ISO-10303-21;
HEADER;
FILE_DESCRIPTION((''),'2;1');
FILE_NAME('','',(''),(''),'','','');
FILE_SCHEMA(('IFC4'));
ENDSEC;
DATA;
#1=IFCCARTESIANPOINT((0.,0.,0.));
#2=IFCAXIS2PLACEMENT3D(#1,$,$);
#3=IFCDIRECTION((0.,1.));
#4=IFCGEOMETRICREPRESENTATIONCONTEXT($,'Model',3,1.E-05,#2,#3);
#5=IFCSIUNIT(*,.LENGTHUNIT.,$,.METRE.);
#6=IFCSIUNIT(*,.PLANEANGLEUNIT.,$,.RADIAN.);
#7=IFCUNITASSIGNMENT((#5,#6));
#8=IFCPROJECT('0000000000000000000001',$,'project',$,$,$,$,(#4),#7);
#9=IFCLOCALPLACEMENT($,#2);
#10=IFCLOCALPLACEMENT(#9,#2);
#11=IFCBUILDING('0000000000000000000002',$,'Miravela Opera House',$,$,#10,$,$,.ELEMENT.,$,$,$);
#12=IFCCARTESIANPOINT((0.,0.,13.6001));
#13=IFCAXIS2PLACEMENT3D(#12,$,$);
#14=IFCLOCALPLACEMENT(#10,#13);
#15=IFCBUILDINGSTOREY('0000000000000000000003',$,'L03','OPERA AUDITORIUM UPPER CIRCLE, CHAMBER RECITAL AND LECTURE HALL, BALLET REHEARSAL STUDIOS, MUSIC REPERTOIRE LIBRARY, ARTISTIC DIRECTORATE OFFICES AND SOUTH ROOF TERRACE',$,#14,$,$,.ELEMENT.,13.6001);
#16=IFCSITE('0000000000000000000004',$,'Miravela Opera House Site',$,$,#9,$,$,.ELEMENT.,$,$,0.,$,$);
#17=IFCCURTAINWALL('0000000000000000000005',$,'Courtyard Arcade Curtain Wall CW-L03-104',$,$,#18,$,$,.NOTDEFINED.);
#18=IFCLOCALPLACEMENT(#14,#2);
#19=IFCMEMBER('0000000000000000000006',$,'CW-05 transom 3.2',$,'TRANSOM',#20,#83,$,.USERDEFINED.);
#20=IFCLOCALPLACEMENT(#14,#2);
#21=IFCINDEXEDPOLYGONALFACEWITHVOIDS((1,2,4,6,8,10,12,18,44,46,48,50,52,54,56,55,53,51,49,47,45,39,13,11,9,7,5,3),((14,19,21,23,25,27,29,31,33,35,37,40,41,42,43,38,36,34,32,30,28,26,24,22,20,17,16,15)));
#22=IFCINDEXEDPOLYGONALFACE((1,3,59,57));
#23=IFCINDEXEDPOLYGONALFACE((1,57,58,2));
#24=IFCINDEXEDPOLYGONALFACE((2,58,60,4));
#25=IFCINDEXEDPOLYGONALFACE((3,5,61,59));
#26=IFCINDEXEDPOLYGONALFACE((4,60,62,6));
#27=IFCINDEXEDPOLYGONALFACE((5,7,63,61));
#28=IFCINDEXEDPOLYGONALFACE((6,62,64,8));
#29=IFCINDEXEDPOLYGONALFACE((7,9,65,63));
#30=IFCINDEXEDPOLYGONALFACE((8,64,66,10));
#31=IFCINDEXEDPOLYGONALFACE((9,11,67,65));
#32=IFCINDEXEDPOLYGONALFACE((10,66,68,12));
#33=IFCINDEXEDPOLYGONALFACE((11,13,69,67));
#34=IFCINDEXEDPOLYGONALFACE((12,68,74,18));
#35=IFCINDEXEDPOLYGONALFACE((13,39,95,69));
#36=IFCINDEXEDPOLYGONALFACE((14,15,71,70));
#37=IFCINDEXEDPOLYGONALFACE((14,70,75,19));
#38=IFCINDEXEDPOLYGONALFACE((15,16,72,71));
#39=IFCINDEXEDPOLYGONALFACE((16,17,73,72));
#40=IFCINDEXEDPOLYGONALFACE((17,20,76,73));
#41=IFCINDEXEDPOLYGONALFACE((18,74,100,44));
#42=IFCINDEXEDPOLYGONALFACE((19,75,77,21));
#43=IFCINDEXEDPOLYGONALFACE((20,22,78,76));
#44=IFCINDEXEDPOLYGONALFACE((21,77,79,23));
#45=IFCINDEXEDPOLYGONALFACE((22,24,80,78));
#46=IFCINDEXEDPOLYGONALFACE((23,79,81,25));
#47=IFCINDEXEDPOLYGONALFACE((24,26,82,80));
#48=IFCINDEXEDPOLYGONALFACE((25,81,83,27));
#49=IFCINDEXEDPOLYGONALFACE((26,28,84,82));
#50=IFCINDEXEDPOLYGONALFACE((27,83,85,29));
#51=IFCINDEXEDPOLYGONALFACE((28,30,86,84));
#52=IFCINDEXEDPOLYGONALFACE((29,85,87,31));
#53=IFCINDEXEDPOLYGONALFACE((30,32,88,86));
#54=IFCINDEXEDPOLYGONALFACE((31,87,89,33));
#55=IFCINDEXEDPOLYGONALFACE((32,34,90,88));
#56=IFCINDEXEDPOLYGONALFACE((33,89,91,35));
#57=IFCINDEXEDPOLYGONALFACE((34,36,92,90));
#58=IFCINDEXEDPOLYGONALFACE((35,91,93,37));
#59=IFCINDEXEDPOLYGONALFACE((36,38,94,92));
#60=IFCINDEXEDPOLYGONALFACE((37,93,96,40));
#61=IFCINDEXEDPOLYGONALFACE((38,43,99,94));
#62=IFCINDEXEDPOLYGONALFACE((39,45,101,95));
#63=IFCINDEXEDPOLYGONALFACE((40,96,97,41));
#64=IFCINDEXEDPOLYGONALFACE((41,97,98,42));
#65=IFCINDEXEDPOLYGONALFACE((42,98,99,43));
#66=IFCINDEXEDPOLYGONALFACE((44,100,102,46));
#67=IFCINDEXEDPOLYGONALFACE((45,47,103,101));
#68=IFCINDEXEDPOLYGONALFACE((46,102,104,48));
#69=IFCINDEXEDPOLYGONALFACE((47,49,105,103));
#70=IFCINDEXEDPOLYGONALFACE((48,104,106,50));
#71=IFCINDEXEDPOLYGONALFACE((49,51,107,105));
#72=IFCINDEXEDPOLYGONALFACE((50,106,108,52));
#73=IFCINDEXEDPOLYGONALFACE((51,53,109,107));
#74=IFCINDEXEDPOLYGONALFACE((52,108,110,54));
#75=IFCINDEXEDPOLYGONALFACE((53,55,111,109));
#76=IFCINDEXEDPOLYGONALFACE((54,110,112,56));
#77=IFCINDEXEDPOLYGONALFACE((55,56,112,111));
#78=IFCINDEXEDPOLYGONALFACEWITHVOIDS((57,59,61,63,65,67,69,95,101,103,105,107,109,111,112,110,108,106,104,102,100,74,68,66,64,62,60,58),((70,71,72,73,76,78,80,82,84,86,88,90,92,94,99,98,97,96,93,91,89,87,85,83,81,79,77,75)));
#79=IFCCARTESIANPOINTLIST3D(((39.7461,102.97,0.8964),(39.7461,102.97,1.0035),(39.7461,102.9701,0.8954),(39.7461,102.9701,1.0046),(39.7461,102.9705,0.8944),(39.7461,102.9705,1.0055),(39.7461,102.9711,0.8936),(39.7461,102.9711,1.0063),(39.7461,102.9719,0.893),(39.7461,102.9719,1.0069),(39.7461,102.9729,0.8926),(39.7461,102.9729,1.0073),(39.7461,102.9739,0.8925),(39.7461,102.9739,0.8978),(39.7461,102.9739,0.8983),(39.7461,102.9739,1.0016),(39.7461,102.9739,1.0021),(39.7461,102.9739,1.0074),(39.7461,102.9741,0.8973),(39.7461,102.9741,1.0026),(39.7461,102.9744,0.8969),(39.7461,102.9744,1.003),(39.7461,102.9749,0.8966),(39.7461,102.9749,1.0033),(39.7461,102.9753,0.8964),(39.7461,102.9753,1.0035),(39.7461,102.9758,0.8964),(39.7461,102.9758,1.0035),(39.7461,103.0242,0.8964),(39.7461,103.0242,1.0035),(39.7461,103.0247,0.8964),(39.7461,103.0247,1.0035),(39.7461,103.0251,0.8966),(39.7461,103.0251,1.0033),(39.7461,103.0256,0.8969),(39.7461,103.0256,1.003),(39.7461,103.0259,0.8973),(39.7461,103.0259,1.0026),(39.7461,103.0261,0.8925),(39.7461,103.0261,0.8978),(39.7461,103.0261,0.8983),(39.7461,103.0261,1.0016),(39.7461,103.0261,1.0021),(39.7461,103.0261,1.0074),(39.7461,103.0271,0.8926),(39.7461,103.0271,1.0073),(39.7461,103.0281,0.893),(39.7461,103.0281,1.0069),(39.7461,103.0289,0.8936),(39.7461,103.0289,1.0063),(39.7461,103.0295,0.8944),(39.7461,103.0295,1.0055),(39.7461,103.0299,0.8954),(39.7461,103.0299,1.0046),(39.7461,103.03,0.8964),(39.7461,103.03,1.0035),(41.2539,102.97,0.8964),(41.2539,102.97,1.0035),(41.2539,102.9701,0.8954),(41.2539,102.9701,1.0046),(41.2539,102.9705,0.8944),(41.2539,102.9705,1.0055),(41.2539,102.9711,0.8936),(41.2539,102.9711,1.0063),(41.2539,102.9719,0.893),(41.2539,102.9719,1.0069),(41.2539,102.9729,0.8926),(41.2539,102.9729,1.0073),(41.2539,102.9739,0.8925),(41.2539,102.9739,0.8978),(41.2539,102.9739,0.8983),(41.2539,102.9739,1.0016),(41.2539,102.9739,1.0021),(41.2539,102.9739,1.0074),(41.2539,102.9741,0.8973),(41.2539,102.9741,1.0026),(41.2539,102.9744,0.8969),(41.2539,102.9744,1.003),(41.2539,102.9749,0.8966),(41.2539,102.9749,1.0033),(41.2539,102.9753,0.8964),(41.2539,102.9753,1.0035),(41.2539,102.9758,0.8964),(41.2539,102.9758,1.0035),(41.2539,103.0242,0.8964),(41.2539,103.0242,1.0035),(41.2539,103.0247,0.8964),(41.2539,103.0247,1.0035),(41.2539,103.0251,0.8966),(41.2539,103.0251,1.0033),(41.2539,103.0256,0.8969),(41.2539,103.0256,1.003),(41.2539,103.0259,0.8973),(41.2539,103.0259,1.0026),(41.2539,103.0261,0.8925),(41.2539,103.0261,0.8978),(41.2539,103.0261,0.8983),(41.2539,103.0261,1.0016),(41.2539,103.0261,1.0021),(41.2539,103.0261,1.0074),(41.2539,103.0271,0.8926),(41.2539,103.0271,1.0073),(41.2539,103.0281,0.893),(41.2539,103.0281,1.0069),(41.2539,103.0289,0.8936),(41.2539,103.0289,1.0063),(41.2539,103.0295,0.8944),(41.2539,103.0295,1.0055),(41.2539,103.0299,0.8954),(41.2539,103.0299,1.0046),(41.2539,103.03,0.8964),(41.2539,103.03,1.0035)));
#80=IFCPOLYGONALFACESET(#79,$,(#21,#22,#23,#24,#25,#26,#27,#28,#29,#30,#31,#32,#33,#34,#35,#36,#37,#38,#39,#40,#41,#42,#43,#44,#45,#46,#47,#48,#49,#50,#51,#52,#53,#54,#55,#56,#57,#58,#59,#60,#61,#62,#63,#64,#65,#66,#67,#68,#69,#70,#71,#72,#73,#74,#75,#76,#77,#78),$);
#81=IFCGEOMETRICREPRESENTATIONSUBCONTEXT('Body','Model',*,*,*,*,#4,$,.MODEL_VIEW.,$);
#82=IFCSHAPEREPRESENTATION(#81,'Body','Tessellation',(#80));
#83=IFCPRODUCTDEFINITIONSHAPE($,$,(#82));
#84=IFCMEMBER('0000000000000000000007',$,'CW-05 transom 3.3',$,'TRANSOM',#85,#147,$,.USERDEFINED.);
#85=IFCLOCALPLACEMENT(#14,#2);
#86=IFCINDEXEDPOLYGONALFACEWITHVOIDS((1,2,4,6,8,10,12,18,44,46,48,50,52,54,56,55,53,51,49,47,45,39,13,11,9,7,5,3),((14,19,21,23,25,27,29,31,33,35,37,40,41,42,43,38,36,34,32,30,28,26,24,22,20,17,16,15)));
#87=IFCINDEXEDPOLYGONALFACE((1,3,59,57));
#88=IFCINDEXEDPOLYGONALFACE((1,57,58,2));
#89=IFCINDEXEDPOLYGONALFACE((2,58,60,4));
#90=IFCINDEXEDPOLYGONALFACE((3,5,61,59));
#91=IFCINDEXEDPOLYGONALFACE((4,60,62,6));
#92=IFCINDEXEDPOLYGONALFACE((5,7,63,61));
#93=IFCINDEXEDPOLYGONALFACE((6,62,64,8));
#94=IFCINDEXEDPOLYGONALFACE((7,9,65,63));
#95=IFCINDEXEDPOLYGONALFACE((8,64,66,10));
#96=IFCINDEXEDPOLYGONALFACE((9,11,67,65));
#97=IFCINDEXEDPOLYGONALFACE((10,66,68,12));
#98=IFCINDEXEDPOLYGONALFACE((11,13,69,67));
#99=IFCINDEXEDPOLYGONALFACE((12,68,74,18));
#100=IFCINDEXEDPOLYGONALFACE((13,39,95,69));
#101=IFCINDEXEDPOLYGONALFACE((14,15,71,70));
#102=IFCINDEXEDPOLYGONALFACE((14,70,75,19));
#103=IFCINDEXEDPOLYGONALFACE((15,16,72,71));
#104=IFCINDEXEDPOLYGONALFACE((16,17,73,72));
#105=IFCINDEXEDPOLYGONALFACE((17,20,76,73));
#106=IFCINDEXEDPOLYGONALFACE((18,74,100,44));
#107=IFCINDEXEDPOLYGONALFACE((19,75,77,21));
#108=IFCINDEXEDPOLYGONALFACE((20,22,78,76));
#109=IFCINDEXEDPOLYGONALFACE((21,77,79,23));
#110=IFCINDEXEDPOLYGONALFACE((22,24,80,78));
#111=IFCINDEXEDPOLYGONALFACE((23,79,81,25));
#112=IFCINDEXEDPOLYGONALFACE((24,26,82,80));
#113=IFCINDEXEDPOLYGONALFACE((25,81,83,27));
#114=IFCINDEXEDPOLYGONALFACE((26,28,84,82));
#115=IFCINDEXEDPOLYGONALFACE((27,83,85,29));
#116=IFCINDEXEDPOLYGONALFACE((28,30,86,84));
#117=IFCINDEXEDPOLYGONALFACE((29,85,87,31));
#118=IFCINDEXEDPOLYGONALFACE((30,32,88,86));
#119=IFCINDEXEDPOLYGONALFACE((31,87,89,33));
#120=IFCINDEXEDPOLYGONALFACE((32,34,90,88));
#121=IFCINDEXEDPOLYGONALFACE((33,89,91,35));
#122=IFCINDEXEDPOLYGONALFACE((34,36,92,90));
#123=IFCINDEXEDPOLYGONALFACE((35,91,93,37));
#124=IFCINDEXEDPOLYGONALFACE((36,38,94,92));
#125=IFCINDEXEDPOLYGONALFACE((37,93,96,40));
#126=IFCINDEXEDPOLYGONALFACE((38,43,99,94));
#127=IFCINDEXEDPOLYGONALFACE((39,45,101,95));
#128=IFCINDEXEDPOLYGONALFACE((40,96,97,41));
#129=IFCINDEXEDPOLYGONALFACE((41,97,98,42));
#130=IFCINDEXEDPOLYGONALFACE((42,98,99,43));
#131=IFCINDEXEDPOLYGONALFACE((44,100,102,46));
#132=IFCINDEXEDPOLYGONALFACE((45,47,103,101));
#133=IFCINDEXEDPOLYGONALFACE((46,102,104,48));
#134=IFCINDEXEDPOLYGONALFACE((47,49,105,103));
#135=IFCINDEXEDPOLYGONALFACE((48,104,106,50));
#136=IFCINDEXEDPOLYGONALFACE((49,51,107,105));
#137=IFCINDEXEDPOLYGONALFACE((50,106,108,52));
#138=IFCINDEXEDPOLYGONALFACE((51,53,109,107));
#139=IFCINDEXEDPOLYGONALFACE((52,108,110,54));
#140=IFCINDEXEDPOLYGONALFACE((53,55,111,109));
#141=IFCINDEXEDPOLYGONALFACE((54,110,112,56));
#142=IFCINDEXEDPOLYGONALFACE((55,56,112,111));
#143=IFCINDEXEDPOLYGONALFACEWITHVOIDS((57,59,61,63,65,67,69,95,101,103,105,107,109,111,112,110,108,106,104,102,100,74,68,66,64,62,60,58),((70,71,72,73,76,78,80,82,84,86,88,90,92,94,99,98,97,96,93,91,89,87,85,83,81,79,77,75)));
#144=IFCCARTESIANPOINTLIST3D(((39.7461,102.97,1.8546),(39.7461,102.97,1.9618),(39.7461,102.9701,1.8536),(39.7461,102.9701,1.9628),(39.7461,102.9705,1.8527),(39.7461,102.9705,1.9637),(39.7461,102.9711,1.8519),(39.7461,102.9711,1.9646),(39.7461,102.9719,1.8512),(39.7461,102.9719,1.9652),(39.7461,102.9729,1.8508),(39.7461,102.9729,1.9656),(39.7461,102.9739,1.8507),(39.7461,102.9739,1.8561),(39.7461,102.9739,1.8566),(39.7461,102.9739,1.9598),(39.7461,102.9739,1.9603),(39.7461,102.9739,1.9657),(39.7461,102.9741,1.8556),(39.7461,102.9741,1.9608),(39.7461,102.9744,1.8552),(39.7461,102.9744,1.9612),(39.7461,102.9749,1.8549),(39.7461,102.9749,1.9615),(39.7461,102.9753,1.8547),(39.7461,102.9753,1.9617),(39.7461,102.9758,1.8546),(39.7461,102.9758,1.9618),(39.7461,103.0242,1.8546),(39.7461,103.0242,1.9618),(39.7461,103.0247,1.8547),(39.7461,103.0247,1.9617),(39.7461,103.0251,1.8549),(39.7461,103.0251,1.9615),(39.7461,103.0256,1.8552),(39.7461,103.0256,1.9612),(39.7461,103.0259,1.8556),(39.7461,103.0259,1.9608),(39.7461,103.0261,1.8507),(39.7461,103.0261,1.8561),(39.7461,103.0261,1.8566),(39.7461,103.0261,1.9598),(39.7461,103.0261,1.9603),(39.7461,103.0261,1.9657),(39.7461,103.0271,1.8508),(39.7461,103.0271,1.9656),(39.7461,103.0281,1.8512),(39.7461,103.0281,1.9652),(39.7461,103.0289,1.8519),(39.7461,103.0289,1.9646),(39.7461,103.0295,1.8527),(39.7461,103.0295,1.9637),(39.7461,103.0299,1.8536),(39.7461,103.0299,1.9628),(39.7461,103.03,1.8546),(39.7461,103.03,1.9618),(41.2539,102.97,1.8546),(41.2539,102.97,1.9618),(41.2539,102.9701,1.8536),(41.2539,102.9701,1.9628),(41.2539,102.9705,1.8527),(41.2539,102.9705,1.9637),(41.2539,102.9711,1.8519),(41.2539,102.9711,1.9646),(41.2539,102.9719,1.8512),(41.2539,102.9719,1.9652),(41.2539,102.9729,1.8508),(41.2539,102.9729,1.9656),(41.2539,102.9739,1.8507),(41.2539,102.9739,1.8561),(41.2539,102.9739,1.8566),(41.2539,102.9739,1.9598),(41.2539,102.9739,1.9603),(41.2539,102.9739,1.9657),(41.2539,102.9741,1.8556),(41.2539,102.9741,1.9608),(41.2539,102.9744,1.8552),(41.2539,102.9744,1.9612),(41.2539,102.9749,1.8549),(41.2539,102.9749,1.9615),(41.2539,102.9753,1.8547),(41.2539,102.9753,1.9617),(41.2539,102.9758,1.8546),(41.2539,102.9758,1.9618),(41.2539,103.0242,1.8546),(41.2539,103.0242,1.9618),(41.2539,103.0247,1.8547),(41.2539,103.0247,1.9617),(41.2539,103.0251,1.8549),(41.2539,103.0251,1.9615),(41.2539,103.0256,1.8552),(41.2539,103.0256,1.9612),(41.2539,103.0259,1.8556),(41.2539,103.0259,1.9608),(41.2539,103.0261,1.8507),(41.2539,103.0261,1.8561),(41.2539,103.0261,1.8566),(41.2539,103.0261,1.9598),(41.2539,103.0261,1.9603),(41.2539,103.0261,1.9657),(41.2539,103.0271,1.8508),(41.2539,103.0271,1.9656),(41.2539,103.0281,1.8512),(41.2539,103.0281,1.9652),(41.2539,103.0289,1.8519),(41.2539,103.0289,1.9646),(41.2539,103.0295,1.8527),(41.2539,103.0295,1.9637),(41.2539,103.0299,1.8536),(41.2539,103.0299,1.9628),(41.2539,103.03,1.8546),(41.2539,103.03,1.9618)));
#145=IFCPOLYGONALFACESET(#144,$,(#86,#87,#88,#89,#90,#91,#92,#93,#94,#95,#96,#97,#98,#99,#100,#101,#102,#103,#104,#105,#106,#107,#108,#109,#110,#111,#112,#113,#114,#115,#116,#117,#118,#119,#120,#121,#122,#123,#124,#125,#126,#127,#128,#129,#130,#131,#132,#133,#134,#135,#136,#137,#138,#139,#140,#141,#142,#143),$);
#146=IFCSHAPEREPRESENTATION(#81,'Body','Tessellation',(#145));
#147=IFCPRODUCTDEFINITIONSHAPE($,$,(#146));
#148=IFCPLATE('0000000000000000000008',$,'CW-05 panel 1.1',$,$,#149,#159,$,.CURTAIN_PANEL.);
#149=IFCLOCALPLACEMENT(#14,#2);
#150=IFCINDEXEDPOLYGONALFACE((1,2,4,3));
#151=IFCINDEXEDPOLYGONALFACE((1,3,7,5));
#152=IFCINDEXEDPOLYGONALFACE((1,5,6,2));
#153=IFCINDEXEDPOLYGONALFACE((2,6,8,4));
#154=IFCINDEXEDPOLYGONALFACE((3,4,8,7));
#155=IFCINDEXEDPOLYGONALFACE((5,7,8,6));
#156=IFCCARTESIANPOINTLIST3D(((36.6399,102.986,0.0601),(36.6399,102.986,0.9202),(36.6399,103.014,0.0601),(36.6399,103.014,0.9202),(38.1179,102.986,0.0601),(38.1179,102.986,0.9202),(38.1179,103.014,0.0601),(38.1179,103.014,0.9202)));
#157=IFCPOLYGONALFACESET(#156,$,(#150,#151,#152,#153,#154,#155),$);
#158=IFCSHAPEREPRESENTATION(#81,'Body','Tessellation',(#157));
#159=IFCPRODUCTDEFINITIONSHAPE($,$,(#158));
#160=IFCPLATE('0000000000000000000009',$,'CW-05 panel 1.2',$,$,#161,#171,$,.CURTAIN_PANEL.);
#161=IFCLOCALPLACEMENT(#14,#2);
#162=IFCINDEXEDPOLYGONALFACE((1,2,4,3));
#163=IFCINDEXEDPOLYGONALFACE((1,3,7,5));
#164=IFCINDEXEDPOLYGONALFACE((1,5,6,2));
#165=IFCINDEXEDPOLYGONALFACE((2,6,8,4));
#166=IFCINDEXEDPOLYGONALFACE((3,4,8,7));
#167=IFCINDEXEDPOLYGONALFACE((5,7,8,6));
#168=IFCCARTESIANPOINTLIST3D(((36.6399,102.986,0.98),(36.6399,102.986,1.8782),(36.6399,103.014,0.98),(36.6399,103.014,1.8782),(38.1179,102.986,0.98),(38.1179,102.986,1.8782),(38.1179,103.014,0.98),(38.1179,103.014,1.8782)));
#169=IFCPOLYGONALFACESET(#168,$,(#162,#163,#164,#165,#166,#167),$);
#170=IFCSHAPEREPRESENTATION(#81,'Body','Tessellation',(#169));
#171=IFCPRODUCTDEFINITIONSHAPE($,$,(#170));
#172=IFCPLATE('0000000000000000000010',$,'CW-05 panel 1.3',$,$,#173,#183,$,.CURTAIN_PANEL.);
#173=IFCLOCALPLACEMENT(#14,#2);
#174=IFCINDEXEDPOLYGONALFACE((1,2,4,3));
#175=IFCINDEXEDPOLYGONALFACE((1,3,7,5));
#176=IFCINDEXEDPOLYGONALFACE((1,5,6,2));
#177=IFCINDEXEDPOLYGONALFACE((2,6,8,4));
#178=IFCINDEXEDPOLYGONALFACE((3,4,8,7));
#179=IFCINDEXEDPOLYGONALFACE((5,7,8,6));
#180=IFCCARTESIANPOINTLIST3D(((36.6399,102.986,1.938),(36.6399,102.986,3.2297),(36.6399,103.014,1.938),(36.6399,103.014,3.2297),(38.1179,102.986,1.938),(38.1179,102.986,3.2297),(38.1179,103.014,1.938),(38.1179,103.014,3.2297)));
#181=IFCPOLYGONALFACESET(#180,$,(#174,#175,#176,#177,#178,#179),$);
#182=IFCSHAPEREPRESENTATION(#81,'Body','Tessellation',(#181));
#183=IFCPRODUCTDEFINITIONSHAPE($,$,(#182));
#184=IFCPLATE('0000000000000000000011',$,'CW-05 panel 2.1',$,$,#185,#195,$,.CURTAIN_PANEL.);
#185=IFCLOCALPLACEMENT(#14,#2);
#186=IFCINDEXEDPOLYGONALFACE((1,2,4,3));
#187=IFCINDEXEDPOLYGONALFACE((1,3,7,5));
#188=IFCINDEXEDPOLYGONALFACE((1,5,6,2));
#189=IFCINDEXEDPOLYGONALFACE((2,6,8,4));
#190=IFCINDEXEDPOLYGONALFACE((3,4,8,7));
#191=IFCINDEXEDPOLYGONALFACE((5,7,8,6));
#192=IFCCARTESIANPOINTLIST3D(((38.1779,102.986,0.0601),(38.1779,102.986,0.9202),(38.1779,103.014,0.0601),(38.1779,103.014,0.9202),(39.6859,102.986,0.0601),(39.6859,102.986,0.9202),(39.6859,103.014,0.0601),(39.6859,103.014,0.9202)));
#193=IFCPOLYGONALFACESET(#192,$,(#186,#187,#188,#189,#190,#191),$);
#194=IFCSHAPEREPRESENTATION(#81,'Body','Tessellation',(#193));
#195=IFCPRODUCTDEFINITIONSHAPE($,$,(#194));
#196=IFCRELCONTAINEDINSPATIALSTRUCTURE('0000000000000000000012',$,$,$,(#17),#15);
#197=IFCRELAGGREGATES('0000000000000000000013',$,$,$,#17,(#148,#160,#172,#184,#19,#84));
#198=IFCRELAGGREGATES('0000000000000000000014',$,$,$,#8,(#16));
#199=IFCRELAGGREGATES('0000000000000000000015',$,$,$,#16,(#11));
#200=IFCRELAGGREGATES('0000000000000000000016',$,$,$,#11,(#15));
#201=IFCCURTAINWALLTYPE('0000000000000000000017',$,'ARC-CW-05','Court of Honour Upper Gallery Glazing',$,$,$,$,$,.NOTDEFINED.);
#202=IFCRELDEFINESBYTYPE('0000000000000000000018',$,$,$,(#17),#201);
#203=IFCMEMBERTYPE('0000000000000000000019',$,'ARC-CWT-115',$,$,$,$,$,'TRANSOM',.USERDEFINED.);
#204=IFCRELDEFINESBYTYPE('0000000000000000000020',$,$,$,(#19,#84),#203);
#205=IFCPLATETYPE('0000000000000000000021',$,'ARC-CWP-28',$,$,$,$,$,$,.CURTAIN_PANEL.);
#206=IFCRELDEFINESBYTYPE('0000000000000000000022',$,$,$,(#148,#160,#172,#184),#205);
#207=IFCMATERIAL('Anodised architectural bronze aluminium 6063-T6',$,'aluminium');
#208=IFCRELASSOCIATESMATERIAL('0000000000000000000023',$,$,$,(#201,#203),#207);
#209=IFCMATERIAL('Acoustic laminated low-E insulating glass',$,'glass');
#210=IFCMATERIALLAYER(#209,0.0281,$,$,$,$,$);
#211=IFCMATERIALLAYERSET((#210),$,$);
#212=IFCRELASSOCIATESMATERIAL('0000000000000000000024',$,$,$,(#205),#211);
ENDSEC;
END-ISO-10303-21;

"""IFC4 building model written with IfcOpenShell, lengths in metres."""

from ifc_helpers import new_model, si_unit, direction, frame, origin, origin_2d, place, context, subcontext, project, spatial, rectangle, hollow_rectangle, extrude, material, layer, layer_set, material_profile, profile_set, type_object, element, aggregate, save


model = new_model("IFC4")

# Units and contexts
model_context = context("Model", 3, precision=1e-05, world=origin(), true_north=direction((0.0, 1.0)))
body_context = subcontext(model_context, "Body", "Model", "MODEL_VIEW")
ifc_project = project(units=[si_unit("LENGTHUNIT", "METRE"), si_unit("PLANEANGLEUNIT", "RADIAN")], contexts=[model_context])

# Site, building, storey
site_placement = place(None, origin())
site = spatial("IfcSite", under=ifc_project, at=site_placement, Name="Miravela Opera House Site", CompositionType="ELEMENT", RefElevation=0.0)
building_placement = place(site_placement, origin())
building = spatial("IfcBuilding", under=site, at=building_placement, Name="Miravela Opera House", CompositionType="ELEMENT")
storey_placement = place(building_placement, frame((0.0, 0.0, 13.6001)))
storey = spatial("IfcBuildingStorey", under=building, at=storey_placement, Name="L03", Description="OPERA AUDITORIUM UPPER CIRCLE, CHAMBER RECITAL AND LECTURE HALL, BALLET REHEARSAL STUDIOS, MUSIC REPERTOIRE LIBRARY, ARTISTIC DIRECTORATE OFFICES AND SOUTH ROOF TERRACE", CompositionType="ELEMENT", Elevation=13.6001)

# Curtain wall, members, plates
ifc_material_1 = material(Name="Anodised architectural bronze aluminium 6063-T6", Category="aluminium")
curtain_wall_type = type_object("IfcCurtainWallType", Name="ARC-CW-05", Description="Court of Honour Upper Gallery Glazing", PredefinedType="NOTDEFINED", material=ifc_material_1)
curtain_wall_placement = place(storey_placement, origin())
curtain_wall = element("IfcCurtainWall", 1, at=curtain_wall_placement, inside=storey, type_object=curtain_wall_type, Name="Courtyard Arcade Curtain Wall CW-L03-104", PredefinedType="NOTDEFINED")
ifc_material_profile_1 = material_profile(ifc_material_1, hollow_rectangle(XDim=0.0601, YDim=0.115, WallThickness=0.0039, InnerFilletRadius=0.002, OuterFilletRadius=0.0039, at=origin_2d()), Name="CWT-60X115")
ifc_profile_set_1 = profile_set([ifc_material_profile_1])
member_type_1 = type_object("IfcMemberType", Name="ARC-CWT-115", ElementType="TRANSOM", PredefinedType="USERDEFINED", material=ifc_profile_set_1)
member_1_placement = place(storey_placement, frame((39.7461, 103.0, 0.95), z_axis=(1.0, 0.0, 0.0), x_axis=(0.0, 1.0, 0.0)))
member_1 = element("IfcMember", 2, at=member_1_placement, type_object=member_type_1, Name="CW-05 transom 3.2", ObjectType="TRANSOM", PredefinedType="USERDEFINED", context=body_context, shape_type="SweptSolid", body=[
    extrude(hollow_rectangle(XDim=0.0601, YDim=0.115, WallThickness=0.0039, InnerFilletRadius=0.002, OuterFilletRadius=0.0039, at=origin_2d()), origin(), (0.0, 0.0, 1.0), 1.5078),
])
member_2_placement = place(storey_placement, frame((39.7461, 103.0, 1.9082), z_axis=(1.0, 0.0, 0.0), x_axis=(0.0, 1.0, 0.0)))
member_2 = element("IfcMember", 3, at=member_2_placement, type_object=member_type_1, Name="CW-05 transom 3.3", ObjectType="TRANSOM", PredefinedType="USERDEFINED", context=body_context, shape_type="SweptSolid", body=[
    extrude(hollow_rectangle(XDim=0.0601, YDim=0.115, WallThickness=0.0039, InnerFilletRadius=0.002, OuterFilletRadius=0.0039, at=origin_2d()), origin(), (0.0, 0.0, 1.0), 1.5078),
])
ifc_material_2 = material(Name="Acoustic laminated low-E insulating glass", Category="glass")
ifc_layer = layer(ifc_material_2, 0.0281)
ifc_layer_set = layer_set([ifc_layer])
plate_type = type_object("IfcPlateType", Name="ARC-CWP-28", PredefinedType="CURTAIN_PANEL", material=ifc_layer_set)
plate_1_placement = place(storey_placement, frame((37.3789, 103.0, 0.0601), z_axis=(0.0, 0.0, 1.0), x_axis=(1.0, 0.0, 0.0)))
plate_1 = element("IfcPlate", 4, at=plate_1_placement, type_object=plate_type, Name="CW-05 panel 1.1", PredefinedType="CURTAIN_PANEL", context=body_context, shape_type="SweptSolid", body=[
    extrude(rectangle(XDim=1.478, YDim=0.0281, at=origin_2d()), origin(), (0.0, 0.0, 1.0), 0.8601),
])
plate_2_placement = place(storey_placement, frame((37.3789, 103.0, 0.98), z_axis=(0.0, 0.0, 1.0), x_axis=(1.0, 0.0, 0.0)))
plate_2 = element("IfcPlate", 5, at=plate_2_placement, type_object=plate_type, Name="CW-05 panel 1.2", PredefinedType="CURTAIN_PANEL", context=body_context, shape_type="SweptSolid", body=[
    extrude(rectangle(XDim=1.478, YDim=0.0281, at=origin_2d()), origin(), (0.0, 0.0, 1.0), 0.8982),
])
plate_3_placement = place(storey_placement, frame((37.3789, 103.0, 1.938), z_axis=(0.0, 0.0, 1.0), x_axis=(1.0, 0.0, 0.0)))
plate_3 = element("IfcPlate", 6, at=plate_3_placement, type_object=plate_type, Name="CW-05 panel 1.3", PredefinedType="CURTAIN_PANEL", context=body_context, shape_type="SweptSolid", body=[
    extrude(rectangle(XDim=1.478, YDim=0.0281, at=origin_2d()), origin(), (0.0, 0.0, 1.0), 1.2917),
])
plate_4_placement = place(storey_placement, frame((38.9319, 103.0, 0.0601), z_axis=(0.0, 0.0, 1.0), x_axis=(1.0, 0.0, 0.0)))
plate_4 = element("IfcPlate", 7, at=plate_4_placement, type_object=plate_type, Name="CW-05 panel 2.1", PredefinedType="CURTAIN_PANEL", context=body_context, shape_type="SweptSolid", body=[
    extrude(rectangle(XDim=1.5081, YDim=0.0281, at=origin_2d()), origin(), (0.0, 0.0, 1.0), 0.8601),
])
aggregate(curtain_wall, [plate_1, plate_2, plate_3, plate_4, member_1, member_2])

save(model, "model.ifc")
